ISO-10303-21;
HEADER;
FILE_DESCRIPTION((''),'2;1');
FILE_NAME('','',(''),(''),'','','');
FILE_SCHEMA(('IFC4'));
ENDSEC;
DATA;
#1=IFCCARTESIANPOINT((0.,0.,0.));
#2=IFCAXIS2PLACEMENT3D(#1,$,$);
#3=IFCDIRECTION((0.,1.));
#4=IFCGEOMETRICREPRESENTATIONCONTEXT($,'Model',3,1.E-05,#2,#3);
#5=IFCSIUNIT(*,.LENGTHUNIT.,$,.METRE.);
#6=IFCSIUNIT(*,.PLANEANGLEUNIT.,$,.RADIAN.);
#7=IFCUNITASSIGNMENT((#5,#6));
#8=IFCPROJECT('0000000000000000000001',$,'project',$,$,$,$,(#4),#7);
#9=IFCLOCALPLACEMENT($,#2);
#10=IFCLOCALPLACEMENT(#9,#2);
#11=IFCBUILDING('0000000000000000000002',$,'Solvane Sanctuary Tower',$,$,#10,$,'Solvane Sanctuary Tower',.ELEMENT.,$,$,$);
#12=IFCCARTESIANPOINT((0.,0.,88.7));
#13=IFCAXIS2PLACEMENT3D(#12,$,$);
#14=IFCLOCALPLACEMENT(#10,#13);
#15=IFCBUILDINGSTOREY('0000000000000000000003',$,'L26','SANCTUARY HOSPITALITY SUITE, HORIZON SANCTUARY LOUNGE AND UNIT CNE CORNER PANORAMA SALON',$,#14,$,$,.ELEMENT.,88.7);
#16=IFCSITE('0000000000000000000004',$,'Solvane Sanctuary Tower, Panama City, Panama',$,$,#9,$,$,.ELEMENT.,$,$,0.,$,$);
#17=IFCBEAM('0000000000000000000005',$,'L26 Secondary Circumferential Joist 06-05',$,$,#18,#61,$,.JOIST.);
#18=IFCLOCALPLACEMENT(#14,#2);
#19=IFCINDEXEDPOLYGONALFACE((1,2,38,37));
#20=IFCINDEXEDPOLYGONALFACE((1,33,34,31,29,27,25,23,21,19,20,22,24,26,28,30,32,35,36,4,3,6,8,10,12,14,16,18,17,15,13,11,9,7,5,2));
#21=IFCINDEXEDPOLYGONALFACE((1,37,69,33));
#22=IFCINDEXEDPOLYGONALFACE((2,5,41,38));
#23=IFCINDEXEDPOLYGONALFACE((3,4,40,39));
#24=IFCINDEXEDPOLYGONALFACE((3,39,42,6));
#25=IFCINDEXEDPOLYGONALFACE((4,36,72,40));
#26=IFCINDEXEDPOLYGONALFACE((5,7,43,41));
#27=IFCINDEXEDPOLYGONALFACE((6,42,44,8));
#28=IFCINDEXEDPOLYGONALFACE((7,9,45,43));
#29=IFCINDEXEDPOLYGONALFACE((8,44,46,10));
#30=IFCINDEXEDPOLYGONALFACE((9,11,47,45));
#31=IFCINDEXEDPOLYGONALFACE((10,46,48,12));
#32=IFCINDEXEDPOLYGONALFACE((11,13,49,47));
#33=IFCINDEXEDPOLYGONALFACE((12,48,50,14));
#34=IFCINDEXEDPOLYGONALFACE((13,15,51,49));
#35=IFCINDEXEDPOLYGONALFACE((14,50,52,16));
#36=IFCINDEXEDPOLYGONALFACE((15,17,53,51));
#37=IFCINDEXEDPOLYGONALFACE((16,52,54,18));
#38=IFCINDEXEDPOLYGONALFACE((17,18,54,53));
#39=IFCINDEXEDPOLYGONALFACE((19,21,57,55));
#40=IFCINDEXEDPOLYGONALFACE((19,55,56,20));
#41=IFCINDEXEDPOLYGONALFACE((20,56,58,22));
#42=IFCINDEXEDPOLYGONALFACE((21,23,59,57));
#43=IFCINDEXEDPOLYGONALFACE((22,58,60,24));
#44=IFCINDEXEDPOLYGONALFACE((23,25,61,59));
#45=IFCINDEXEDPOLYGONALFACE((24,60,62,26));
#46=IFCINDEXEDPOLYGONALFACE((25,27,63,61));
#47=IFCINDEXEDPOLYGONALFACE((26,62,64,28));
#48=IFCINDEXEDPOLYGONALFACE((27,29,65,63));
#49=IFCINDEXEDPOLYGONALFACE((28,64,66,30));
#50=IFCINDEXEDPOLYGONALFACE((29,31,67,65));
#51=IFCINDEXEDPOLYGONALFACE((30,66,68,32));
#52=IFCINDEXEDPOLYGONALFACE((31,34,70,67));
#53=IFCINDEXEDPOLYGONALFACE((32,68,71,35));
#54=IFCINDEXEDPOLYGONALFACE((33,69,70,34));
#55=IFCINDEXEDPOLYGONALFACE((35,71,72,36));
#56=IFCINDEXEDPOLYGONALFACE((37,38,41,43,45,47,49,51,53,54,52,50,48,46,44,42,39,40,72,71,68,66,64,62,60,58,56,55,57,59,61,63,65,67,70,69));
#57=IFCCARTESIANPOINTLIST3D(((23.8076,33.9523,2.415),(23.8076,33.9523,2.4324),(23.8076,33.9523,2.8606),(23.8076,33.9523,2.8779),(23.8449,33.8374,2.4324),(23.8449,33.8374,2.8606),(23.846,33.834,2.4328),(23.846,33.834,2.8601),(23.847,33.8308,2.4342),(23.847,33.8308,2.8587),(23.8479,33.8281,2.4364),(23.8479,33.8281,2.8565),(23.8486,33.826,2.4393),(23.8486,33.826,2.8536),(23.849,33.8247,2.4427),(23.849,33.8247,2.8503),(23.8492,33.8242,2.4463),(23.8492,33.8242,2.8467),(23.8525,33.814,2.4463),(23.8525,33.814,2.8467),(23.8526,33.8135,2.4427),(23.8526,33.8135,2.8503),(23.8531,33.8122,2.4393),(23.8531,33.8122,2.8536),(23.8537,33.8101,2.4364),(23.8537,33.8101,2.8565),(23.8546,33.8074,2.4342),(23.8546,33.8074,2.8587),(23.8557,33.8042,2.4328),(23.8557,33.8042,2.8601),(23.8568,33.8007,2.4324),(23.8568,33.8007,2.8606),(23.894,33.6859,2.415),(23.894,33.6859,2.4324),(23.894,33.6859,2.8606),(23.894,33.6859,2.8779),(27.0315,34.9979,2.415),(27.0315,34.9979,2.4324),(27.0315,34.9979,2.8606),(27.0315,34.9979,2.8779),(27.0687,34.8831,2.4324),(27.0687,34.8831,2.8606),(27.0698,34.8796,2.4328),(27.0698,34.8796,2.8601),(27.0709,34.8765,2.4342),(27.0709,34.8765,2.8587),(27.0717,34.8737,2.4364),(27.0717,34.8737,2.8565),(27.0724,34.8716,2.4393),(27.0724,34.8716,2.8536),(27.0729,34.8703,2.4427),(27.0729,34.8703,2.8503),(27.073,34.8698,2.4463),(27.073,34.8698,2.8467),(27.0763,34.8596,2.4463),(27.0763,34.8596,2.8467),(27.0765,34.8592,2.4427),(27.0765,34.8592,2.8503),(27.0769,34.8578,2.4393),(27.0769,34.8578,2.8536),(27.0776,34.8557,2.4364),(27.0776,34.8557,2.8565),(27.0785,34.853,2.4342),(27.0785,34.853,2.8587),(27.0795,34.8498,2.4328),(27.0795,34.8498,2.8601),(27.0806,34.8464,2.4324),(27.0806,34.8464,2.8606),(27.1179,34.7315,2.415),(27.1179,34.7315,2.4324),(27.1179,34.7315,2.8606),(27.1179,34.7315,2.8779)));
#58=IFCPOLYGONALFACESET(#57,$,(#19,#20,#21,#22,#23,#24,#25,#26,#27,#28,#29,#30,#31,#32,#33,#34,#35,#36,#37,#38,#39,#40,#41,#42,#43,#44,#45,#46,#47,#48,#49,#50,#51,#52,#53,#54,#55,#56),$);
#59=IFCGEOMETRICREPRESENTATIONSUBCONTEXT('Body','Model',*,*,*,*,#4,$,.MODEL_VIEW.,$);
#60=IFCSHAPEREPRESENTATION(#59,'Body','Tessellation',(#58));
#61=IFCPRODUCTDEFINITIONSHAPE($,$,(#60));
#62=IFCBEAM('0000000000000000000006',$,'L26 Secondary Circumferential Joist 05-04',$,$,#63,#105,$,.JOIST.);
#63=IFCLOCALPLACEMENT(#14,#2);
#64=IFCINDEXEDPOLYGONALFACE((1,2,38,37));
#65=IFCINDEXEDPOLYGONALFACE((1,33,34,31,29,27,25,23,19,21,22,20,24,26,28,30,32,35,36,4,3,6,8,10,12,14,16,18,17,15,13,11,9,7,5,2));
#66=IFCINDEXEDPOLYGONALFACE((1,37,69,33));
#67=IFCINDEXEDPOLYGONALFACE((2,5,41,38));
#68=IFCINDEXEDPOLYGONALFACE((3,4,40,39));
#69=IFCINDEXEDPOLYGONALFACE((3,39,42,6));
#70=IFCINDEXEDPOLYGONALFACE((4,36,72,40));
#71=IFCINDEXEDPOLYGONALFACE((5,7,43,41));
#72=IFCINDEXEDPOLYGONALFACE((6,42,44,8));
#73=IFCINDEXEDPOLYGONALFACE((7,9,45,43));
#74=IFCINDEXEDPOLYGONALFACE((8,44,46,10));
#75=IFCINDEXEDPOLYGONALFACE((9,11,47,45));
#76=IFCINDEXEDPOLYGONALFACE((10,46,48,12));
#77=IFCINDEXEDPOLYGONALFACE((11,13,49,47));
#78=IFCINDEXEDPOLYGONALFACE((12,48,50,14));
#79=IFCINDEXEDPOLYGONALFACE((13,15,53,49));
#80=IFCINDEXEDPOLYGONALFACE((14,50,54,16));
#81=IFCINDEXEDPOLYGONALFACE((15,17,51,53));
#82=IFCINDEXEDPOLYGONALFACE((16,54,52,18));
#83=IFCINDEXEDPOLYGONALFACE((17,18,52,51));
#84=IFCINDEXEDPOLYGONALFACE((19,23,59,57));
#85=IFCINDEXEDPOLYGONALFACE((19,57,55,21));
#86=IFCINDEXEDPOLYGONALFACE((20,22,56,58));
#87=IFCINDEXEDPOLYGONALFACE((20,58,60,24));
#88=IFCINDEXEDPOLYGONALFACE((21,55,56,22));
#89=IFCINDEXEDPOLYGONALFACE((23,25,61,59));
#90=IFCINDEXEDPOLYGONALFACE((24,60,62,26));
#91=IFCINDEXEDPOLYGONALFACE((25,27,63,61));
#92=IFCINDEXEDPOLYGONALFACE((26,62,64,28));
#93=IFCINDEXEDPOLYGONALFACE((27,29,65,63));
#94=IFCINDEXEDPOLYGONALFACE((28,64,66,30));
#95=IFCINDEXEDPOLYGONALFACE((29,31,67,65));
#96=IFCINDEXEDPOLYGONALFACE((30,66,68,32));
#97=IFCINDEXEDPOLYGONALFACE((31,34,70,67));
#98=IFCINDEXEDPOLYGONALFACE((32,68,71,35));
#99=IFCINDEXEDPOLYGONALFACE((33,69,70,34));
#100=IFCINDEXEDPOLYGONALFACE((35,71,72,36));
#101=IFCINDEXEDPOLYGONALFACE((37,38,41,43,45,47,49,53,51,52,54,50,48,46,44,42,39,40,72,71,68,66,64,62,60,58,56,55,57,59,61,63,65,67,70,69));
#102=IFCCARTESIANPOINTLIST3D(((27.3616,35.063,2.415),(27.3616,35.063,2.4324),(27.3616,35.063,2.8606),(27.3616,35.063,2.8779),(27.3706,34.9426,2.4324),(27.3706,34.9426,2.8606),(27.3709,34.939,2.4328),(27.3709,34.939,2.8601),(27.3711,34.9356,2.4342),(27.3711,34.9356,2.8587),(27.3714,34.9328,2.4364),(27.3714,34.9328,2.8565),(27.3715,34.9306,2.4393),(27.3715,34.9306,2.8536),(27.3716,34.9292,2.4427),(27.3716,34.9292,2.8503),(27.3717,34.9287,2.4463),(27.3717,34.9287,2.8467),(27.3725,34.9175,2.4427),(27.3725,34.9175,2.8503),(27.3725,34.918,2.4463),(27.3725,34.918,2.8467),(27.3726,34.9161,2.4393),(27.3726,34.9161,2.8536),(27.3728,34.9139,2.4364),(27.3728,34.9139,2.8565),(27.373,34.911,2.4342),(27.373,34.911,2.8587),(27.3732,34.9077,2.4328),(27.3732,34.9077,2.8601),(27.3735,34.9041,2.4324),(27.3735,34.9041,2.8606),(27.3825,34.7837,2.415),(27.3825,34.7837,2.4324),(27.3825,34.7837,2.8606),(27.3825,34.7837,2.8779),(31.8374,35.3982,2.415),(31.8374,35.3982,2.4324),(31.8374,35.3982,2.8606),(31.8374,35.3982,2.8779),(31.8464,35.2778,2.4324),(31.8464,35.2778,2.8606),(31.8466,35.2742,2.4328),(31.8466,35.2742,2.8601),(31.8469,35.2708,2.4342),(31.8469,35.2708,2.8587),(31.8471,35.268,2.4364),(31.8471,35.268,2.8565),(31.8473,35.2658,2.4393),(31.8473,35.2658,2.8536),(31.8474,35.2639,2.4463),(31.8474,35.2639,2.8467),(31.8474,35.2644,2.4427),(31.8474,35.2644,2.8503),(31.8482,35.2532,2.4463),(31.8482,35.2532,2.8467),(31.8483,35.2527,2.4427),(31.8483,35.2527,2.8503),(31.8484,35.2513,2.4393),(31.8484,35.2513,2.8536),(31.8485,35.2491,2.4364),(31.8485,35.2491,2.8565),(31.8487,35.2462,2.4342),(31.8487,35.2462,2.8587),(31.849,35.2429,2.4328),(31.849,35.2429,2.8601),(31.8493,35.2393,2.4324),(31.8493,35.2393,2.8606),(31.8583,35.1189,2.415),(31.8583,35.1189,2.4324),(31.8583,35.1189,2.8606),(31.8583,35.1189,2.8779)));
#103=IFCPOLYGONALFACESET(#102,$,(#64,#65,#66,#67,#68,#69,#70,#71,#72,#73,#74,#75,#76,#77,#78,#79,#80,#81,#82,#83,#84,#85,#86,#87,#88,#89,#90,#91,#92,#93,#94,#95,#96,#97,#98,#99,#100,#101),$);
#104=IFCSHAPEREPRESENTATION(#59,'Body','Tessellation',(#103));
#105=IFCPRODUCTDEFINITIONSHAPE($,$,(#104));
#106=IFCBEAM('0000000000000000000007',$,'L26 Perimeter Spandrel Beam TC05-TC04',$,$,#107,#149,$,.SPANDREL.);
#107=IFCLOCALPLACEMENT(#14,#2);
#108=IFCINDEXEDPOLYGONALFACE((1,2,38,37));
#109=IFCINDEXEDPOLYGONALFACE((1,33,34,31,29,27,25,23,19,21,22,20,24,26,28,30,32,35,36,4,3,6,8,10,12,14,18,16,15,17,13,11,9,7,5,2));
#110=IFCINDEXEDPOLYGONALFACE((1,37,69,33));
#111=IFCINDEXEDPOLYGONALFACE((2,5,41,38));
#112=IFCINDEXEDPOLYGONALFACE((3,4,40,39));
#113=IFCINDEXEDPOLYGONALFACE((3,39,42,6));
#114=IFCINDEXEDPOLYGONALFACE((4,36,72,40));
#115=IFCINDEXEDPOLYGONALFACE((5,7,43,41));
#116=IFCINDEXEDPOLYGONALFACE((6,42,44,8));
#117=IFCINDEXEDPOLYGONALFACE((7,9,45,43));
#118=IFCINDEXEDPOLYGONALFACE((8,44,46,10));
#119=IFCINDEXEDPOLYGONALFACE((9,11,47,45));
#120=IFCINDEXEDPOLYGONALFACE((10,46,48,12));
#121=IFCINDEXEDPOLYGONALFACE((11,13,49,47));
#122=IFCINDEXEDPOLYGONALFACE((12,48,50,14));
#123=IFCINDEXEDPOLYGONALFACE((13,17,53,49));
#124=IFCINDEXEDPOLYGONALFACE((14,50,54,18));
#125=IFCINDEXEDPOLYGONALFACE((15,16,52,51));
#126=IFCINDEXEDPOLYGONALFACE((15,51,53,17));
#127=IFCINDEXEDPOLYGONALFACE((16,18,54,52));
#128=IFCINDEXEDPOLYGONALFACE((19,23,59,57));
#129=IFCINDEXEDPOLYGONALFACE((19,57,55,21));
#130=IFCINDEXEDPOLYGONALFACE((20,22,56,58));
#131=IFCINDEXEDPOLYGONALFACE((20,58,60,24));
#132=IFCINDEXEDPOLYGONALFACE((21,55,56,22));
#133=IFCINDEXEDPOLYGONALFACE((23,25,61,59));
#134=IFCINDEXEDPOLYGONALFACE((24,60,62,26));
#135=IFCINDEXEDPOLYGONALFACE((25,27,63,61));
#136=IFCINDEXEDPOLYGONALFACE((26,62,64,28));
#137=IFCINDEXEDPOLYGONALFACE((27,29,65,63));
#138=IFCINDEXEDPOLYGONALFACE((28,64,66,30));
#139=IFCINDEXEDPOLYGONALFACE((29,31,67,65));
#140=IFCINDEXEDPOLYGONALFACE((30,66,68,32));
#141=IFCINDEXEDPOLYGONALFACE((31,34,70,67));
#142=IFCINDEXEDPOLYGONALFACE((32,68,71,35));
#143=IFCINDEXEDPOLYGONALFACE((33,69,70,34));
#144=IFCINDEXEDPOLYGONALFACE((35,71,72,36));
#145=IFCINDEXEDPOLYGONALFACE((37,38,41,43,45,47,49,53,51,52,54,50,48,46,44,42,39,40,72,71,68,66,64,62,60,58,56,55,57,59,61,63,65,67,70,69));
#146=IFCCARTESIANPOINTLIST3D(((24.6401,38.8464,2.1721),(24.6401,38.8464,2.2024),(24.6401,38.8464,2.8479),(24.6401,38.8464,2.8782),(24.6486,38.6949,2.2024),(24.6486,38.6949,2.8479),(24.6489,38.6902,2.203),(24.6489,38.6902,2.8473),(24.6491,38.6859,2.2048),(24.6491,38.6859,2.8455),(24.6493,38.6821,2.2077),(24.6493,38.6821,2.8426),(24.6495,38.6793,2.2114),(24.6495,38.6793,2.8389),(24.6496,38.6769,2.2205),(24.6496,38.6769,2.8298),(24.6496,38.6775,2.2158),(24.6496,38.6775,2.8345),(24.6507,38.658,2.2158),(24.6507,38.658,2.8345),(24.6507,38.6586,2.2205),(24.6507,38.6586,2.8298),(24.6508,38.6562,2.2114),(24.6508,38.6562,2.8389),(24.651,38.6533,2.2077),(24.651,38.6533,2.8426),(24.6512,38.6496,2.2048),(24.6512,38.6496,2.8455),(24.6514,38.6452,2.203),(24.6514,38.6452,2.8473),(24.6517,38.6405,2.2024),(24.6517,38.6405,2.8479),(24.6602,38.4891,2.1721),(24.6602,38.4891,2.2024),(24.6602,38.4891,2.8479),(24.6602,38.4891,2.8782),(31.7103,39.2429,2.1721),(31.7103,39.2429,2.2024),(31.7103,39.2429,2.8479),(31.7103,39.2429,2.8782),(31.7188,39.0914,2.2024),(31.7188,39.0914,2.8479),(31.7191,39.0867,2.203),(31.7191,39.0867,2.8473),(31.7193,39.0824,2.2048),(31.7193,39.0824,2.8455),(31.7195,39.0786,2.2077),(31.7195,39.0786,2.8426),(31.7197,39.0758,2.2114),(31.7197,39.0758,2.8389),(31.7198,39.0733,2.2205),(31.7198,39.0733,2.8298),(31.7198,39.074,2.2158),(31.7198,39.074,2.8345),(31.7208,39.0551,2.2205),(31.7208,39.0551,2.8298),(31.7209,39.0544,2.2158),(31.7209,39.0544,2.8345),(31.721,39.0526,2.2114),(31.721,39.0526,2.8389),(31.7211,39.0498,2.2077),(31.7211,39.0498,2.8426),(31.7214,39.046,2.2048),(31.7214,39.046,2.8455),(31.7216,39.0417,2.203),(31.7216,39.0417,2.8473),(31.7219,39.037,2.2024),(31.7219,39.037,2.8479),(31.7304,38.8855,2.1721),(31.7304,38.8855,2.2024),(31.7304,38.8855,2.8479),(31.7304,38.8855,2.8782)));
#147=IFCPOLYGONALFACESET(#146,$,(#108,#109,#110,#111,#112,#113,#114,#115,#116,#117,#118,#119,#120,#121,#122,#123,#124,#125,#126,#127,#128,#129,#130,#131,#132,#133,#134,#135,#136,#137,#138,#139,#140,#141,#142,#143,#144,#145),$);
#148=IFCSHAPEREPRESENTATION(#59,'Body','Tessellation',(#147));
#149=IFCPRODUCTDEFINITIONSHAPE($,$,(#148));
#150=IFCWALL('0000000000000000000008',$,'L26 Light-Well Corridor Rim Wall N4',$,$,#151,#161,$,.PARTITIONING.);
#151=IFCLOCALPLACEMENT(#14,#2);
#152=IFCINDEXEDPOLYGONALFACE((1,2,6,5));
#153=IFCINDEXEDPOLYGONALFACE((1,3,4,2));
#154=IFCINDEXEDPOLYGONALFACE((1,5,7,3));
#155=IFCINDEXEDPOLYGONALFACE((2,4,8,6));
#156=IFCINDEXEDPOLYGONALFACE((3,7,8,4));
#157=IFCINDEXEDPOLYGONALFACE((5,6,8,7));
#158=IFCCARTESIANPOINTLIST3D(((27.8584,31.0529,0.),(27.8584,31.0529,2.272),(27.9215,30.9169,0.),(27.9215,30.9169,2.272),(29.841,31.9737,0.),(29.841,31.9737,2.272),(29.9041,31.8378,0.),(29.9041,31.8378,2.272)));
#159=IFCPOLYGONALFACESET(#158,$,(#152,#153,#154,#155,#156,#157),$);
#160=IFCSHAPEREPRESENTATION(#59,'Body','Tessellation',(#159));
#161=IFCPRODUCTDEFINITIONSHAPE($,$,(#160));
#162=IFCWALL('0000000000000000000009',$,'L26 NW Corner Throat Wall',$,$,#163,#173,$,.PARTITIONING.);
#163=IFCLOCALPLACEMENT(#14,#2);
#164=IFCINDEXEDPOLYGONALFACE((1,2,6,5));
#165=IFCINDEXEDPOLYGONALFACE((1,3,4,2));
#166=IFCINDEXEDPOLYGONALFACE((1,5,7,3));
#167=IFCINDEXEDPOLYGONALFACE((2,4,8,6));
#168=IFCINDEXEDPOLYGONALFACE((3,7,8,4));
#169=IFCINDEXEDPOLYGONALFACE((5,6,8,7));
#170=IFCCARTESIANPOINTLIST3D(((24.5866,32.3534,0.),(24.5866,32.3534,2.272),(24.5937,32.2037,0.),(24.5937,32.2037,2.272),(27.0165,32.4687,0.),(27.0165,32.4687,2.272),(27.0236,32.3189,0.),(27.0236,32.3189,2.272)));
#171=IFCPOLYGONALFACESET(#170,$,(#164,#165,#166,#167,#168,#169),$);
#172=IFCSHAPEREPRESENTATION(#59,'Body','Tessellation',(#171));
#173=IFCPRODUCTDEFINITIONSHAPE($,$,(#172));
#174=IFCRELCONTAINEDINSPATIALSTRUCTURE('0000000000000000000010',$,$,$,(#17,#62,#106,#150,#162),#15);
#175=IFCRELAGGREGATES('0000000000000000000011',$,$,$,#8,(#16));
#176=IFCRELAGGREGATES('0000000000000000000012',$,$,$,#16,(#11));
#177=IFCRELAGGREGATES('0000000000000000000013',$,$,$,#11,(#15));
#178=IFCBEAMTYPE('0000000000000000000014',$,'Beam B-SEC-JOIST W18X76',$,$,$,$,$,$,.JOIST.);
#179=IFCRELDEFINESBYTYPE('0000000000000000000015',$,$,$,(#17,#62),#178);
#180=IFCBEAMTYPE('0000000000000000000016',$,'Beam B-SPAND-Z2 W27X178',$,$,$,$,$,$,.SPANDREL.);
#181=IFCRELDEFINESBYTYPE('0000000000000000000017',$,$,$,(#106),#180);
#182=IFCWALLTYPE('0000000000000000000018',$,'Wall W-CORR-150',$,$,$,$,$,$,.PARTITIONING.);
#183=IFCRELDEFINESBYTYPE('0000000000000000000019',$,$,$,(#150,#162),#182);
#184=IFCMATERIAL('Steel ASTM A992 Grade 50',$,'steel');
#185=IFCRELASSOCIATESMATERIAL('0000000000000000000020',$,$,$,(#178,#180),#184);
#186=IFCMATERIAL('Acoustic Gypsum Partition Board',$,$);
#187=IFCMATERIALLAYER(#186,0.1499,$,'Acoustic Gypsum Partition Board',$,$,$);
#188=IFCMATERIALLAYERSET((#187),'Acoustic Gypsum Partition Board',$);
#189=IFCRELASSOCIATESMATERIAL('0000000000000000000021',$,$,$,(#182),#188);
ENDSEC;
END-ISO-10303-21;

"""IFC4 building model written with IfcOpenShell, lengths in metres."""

from ifc_helpers import new_model, si_unit, direction, frame, frame_2d, origin, origin_2d, place, context, subcontext, project, spatial, rectangle, i_section, extrude, material, layer, layer_set, material_profile, profile_set, type_object, element, save


model = new_model("IFC4")

# Units and contexts
model_context = context("Model", 3, precision=1e-05, world=origin(), true_north=direction((0.0, 1.0)))
body_context = subcontext(model_context, "Body", "Model", "MODEL_VIEW")
ifc_project = project(units=[si_unit("LENGTHUNIT", "METRE"), si_unit("PLANEANGLEUNIT", "RADIAN")], contexts=[model_context])

# Site, building, storey
site_placement = place(None, origin())
site = spatial("IfcSite", under=ifc_project, at=site_placement, Name="Solvane Sanctuary Tower, Panama City, Panama", CompositionType="ELEMENT", RefElevation=0.0)
building_placement = place(site_placement, origin())
building = spatial("IfcBuilding", under=site, at=building_placement, Name="Solvane Sanctuary Tower", LongName="Solvane Sanctuary Tower", CompositionType="ELEMENT")
storey_placement = place(building_placement, frame((0.0, 0.0, 88.7)))
storey = spatial("IfcBuildingStorey", under=building, at=storey_placement, Name="L26", Description="SANCTUARY HOSPITALITY SUITE, HORIZON SANCTUARY LOUNGE AND UNIT CNE CORNER PANORAMA SALON", CompositionType="ELEMENT", Elevation=88.7)

# Beams
ifc_material_1 = material(Name="Steel ASTM A992 Grade 50", Category="steel")
ifc_material_profile_1 = material_profile(ifc_material_1, i_section(OverallWidth=0.28, OverallDepth=0.4629, WebThickness=0.0107, FlangeThickness=0.0173, FilletRadius=0.0139, at=origin_2d()), Name="W18X76")
ifc_profile_set_1 = profile_set([ifc_material_profile_1], Name="Steel ASTM A992 Grade 50")
beam_type_1 = type_object("IfcBeamType", Name="Beam B-SEC-JOIST W18X76", PredefinedType="JOIST", material=ifc_profile_set_1)
beam_1_placement = place(storey_placement, frame((23.8508, 33.8191, 2.6465), z_axis=(0.951217, 0.308524, 0.0), x_axis=(-0.308524, 0.951217, 0.0)))
element("IfcBeam", 1, at=beam_1_placement, inside=storey, type_object=beam_type_1, Name="L26 Secondary Circumferential Joist 06-05", PredefinedType="JOIST", context=body_context, shape_type="SweptSolid", body=[
    extrude(i_section(OverallWidth=0.28, OverallDepth=0.4629, WebThickness=0.0107, FlangeThickness=0.0173, FilletRadius=0.0139, at=origin_2d()), origin(), (0.0, 0.0, 1.0), 3.3892),
])
beam_2_placement = place(storey_placement, frame((27.3721, 34.9233, 2.6465), z_axis=(0.997207, 0.074683, 0.0), x_axis=(-0.074683, 0.997207, 0.0)))
element("IfcBeam", 2, at=beam_2_placement, inside=storey, type_object=beam_type_1, Name="L26 Secondary Circumferential Joist 05-04", PredefinedType="JOIST", context=body_context, shape_type="SweptSolid", body=[
    extrude(i_section(OverallWidth=0.28, OverallDepth=0.4629, WebThickness=0.0107, FlangeThickness=0.0173, FilletRadius=0.0139, at=origin_2d()), origin(), (0.0, 0.0, 1.0), 4.4883),
])
ifc_material_profile_2 = material_profile(ifc_material_1, i_section(OverallWidth=0.3579, OverallDepth=0.7061, WebThickness=0.0183, FlangeThickness=0.0303, FilletRadius=0.0181, at=origin_2d()), Name="W27X178")
ifc_profile_set_2 = profile_set([ifc_material_profile_2], Name="Steel ASTM A992 Grade 50")
beam_type_2 = type_object("IfcBeamType", Name="Beam B-SPAND-Z2 W27X178", PredefinedType="SPANDREL", material=ifc_profile_set_2)
beam_3_placement = place(storey_placement, frame((24.6501, 38.6677, 2.5251), z_axis=(0.998431, 0.055989, 0.0), x_axis=(-0.055989, 0.998431, 0.0)))
element("IfcBeam", 3, at=beam_3_placement, inside=storey, type_object=beam_type_2, Name="L26 Perimeter Spandrel Beam TC05-TC04", PredefinedType="SPANDREL", context=body_context, shape_type="SweptSolid", body=[
    extrude(i_section(OverallWidth=0.3579, OverallDepth=0.7061, WebThickness=0.0183, FlangeThickness=0.0303, FilletRadius=0.0181, at=origin_2d()), origin(), (0.0, 0.0, 1.0), 7.0813),
])

# Walls
ifc_material_2 = material(Name="Acoustic Gypsum Partition Board")
ifc_layer_1 = layer(ifc_material_2, 0.1499, Name="Acoustic Gypsum Partition Board")
ifc_layer_set_1 = layer_set([ifc_layer_1], Name="Acoustic Gypsum Partition Board")
wall_type_1 = type_object("IfcWallType", Name="Wall W-CORR-150", PredefinedType="PARTITIONING", material=ifc_layer_set_1)
wall_1_placement = place(storey_placement, frame((29.8726, 31.9058, 0.0), z_axis=(0.0, 0.0, 1.0), x_axis=(-0.906943, -0.421252, 0.0)))
element("IfcWall", 4, at=wall_1_placement, inside=storey, type_object=wall_type_1, Name="L26 Light-Well Corridor Rim Wall N4", PredefinedType="PARTITIONING", context=body_context, shape_type="SweptSolid", body=[
    extrude(rectangle(XDim=2.186, YDim=0.1499, at=frame_2d((1.093, 0.0))), origin(), (0.0, 0.0, 1.0), 2.272),
])
wall_2_placement = place(storey_placement, frame((27.02, 32.3938, 0.0), z_axis=(0.0, 0.0, 1.0), x_axis=(-0.998877, -0.04737, 0.0)))
element("IfcWall", 5, at=wall_2_placement, inside=storey, type_object=wall_type_1, Name="L26 NW Corner Throat Wall", PredefinedType="PARTITIONING", context=body_context, shape_type="SweptSolid", body=[
    extrude(rectangle(XDim=2.4326, YDim=0.1499, at=frame_2d((1.2163, 0.0))), origin(), (0.0, 0.0, 1.0), 2.272),
])

save(model, "model.ifc")
